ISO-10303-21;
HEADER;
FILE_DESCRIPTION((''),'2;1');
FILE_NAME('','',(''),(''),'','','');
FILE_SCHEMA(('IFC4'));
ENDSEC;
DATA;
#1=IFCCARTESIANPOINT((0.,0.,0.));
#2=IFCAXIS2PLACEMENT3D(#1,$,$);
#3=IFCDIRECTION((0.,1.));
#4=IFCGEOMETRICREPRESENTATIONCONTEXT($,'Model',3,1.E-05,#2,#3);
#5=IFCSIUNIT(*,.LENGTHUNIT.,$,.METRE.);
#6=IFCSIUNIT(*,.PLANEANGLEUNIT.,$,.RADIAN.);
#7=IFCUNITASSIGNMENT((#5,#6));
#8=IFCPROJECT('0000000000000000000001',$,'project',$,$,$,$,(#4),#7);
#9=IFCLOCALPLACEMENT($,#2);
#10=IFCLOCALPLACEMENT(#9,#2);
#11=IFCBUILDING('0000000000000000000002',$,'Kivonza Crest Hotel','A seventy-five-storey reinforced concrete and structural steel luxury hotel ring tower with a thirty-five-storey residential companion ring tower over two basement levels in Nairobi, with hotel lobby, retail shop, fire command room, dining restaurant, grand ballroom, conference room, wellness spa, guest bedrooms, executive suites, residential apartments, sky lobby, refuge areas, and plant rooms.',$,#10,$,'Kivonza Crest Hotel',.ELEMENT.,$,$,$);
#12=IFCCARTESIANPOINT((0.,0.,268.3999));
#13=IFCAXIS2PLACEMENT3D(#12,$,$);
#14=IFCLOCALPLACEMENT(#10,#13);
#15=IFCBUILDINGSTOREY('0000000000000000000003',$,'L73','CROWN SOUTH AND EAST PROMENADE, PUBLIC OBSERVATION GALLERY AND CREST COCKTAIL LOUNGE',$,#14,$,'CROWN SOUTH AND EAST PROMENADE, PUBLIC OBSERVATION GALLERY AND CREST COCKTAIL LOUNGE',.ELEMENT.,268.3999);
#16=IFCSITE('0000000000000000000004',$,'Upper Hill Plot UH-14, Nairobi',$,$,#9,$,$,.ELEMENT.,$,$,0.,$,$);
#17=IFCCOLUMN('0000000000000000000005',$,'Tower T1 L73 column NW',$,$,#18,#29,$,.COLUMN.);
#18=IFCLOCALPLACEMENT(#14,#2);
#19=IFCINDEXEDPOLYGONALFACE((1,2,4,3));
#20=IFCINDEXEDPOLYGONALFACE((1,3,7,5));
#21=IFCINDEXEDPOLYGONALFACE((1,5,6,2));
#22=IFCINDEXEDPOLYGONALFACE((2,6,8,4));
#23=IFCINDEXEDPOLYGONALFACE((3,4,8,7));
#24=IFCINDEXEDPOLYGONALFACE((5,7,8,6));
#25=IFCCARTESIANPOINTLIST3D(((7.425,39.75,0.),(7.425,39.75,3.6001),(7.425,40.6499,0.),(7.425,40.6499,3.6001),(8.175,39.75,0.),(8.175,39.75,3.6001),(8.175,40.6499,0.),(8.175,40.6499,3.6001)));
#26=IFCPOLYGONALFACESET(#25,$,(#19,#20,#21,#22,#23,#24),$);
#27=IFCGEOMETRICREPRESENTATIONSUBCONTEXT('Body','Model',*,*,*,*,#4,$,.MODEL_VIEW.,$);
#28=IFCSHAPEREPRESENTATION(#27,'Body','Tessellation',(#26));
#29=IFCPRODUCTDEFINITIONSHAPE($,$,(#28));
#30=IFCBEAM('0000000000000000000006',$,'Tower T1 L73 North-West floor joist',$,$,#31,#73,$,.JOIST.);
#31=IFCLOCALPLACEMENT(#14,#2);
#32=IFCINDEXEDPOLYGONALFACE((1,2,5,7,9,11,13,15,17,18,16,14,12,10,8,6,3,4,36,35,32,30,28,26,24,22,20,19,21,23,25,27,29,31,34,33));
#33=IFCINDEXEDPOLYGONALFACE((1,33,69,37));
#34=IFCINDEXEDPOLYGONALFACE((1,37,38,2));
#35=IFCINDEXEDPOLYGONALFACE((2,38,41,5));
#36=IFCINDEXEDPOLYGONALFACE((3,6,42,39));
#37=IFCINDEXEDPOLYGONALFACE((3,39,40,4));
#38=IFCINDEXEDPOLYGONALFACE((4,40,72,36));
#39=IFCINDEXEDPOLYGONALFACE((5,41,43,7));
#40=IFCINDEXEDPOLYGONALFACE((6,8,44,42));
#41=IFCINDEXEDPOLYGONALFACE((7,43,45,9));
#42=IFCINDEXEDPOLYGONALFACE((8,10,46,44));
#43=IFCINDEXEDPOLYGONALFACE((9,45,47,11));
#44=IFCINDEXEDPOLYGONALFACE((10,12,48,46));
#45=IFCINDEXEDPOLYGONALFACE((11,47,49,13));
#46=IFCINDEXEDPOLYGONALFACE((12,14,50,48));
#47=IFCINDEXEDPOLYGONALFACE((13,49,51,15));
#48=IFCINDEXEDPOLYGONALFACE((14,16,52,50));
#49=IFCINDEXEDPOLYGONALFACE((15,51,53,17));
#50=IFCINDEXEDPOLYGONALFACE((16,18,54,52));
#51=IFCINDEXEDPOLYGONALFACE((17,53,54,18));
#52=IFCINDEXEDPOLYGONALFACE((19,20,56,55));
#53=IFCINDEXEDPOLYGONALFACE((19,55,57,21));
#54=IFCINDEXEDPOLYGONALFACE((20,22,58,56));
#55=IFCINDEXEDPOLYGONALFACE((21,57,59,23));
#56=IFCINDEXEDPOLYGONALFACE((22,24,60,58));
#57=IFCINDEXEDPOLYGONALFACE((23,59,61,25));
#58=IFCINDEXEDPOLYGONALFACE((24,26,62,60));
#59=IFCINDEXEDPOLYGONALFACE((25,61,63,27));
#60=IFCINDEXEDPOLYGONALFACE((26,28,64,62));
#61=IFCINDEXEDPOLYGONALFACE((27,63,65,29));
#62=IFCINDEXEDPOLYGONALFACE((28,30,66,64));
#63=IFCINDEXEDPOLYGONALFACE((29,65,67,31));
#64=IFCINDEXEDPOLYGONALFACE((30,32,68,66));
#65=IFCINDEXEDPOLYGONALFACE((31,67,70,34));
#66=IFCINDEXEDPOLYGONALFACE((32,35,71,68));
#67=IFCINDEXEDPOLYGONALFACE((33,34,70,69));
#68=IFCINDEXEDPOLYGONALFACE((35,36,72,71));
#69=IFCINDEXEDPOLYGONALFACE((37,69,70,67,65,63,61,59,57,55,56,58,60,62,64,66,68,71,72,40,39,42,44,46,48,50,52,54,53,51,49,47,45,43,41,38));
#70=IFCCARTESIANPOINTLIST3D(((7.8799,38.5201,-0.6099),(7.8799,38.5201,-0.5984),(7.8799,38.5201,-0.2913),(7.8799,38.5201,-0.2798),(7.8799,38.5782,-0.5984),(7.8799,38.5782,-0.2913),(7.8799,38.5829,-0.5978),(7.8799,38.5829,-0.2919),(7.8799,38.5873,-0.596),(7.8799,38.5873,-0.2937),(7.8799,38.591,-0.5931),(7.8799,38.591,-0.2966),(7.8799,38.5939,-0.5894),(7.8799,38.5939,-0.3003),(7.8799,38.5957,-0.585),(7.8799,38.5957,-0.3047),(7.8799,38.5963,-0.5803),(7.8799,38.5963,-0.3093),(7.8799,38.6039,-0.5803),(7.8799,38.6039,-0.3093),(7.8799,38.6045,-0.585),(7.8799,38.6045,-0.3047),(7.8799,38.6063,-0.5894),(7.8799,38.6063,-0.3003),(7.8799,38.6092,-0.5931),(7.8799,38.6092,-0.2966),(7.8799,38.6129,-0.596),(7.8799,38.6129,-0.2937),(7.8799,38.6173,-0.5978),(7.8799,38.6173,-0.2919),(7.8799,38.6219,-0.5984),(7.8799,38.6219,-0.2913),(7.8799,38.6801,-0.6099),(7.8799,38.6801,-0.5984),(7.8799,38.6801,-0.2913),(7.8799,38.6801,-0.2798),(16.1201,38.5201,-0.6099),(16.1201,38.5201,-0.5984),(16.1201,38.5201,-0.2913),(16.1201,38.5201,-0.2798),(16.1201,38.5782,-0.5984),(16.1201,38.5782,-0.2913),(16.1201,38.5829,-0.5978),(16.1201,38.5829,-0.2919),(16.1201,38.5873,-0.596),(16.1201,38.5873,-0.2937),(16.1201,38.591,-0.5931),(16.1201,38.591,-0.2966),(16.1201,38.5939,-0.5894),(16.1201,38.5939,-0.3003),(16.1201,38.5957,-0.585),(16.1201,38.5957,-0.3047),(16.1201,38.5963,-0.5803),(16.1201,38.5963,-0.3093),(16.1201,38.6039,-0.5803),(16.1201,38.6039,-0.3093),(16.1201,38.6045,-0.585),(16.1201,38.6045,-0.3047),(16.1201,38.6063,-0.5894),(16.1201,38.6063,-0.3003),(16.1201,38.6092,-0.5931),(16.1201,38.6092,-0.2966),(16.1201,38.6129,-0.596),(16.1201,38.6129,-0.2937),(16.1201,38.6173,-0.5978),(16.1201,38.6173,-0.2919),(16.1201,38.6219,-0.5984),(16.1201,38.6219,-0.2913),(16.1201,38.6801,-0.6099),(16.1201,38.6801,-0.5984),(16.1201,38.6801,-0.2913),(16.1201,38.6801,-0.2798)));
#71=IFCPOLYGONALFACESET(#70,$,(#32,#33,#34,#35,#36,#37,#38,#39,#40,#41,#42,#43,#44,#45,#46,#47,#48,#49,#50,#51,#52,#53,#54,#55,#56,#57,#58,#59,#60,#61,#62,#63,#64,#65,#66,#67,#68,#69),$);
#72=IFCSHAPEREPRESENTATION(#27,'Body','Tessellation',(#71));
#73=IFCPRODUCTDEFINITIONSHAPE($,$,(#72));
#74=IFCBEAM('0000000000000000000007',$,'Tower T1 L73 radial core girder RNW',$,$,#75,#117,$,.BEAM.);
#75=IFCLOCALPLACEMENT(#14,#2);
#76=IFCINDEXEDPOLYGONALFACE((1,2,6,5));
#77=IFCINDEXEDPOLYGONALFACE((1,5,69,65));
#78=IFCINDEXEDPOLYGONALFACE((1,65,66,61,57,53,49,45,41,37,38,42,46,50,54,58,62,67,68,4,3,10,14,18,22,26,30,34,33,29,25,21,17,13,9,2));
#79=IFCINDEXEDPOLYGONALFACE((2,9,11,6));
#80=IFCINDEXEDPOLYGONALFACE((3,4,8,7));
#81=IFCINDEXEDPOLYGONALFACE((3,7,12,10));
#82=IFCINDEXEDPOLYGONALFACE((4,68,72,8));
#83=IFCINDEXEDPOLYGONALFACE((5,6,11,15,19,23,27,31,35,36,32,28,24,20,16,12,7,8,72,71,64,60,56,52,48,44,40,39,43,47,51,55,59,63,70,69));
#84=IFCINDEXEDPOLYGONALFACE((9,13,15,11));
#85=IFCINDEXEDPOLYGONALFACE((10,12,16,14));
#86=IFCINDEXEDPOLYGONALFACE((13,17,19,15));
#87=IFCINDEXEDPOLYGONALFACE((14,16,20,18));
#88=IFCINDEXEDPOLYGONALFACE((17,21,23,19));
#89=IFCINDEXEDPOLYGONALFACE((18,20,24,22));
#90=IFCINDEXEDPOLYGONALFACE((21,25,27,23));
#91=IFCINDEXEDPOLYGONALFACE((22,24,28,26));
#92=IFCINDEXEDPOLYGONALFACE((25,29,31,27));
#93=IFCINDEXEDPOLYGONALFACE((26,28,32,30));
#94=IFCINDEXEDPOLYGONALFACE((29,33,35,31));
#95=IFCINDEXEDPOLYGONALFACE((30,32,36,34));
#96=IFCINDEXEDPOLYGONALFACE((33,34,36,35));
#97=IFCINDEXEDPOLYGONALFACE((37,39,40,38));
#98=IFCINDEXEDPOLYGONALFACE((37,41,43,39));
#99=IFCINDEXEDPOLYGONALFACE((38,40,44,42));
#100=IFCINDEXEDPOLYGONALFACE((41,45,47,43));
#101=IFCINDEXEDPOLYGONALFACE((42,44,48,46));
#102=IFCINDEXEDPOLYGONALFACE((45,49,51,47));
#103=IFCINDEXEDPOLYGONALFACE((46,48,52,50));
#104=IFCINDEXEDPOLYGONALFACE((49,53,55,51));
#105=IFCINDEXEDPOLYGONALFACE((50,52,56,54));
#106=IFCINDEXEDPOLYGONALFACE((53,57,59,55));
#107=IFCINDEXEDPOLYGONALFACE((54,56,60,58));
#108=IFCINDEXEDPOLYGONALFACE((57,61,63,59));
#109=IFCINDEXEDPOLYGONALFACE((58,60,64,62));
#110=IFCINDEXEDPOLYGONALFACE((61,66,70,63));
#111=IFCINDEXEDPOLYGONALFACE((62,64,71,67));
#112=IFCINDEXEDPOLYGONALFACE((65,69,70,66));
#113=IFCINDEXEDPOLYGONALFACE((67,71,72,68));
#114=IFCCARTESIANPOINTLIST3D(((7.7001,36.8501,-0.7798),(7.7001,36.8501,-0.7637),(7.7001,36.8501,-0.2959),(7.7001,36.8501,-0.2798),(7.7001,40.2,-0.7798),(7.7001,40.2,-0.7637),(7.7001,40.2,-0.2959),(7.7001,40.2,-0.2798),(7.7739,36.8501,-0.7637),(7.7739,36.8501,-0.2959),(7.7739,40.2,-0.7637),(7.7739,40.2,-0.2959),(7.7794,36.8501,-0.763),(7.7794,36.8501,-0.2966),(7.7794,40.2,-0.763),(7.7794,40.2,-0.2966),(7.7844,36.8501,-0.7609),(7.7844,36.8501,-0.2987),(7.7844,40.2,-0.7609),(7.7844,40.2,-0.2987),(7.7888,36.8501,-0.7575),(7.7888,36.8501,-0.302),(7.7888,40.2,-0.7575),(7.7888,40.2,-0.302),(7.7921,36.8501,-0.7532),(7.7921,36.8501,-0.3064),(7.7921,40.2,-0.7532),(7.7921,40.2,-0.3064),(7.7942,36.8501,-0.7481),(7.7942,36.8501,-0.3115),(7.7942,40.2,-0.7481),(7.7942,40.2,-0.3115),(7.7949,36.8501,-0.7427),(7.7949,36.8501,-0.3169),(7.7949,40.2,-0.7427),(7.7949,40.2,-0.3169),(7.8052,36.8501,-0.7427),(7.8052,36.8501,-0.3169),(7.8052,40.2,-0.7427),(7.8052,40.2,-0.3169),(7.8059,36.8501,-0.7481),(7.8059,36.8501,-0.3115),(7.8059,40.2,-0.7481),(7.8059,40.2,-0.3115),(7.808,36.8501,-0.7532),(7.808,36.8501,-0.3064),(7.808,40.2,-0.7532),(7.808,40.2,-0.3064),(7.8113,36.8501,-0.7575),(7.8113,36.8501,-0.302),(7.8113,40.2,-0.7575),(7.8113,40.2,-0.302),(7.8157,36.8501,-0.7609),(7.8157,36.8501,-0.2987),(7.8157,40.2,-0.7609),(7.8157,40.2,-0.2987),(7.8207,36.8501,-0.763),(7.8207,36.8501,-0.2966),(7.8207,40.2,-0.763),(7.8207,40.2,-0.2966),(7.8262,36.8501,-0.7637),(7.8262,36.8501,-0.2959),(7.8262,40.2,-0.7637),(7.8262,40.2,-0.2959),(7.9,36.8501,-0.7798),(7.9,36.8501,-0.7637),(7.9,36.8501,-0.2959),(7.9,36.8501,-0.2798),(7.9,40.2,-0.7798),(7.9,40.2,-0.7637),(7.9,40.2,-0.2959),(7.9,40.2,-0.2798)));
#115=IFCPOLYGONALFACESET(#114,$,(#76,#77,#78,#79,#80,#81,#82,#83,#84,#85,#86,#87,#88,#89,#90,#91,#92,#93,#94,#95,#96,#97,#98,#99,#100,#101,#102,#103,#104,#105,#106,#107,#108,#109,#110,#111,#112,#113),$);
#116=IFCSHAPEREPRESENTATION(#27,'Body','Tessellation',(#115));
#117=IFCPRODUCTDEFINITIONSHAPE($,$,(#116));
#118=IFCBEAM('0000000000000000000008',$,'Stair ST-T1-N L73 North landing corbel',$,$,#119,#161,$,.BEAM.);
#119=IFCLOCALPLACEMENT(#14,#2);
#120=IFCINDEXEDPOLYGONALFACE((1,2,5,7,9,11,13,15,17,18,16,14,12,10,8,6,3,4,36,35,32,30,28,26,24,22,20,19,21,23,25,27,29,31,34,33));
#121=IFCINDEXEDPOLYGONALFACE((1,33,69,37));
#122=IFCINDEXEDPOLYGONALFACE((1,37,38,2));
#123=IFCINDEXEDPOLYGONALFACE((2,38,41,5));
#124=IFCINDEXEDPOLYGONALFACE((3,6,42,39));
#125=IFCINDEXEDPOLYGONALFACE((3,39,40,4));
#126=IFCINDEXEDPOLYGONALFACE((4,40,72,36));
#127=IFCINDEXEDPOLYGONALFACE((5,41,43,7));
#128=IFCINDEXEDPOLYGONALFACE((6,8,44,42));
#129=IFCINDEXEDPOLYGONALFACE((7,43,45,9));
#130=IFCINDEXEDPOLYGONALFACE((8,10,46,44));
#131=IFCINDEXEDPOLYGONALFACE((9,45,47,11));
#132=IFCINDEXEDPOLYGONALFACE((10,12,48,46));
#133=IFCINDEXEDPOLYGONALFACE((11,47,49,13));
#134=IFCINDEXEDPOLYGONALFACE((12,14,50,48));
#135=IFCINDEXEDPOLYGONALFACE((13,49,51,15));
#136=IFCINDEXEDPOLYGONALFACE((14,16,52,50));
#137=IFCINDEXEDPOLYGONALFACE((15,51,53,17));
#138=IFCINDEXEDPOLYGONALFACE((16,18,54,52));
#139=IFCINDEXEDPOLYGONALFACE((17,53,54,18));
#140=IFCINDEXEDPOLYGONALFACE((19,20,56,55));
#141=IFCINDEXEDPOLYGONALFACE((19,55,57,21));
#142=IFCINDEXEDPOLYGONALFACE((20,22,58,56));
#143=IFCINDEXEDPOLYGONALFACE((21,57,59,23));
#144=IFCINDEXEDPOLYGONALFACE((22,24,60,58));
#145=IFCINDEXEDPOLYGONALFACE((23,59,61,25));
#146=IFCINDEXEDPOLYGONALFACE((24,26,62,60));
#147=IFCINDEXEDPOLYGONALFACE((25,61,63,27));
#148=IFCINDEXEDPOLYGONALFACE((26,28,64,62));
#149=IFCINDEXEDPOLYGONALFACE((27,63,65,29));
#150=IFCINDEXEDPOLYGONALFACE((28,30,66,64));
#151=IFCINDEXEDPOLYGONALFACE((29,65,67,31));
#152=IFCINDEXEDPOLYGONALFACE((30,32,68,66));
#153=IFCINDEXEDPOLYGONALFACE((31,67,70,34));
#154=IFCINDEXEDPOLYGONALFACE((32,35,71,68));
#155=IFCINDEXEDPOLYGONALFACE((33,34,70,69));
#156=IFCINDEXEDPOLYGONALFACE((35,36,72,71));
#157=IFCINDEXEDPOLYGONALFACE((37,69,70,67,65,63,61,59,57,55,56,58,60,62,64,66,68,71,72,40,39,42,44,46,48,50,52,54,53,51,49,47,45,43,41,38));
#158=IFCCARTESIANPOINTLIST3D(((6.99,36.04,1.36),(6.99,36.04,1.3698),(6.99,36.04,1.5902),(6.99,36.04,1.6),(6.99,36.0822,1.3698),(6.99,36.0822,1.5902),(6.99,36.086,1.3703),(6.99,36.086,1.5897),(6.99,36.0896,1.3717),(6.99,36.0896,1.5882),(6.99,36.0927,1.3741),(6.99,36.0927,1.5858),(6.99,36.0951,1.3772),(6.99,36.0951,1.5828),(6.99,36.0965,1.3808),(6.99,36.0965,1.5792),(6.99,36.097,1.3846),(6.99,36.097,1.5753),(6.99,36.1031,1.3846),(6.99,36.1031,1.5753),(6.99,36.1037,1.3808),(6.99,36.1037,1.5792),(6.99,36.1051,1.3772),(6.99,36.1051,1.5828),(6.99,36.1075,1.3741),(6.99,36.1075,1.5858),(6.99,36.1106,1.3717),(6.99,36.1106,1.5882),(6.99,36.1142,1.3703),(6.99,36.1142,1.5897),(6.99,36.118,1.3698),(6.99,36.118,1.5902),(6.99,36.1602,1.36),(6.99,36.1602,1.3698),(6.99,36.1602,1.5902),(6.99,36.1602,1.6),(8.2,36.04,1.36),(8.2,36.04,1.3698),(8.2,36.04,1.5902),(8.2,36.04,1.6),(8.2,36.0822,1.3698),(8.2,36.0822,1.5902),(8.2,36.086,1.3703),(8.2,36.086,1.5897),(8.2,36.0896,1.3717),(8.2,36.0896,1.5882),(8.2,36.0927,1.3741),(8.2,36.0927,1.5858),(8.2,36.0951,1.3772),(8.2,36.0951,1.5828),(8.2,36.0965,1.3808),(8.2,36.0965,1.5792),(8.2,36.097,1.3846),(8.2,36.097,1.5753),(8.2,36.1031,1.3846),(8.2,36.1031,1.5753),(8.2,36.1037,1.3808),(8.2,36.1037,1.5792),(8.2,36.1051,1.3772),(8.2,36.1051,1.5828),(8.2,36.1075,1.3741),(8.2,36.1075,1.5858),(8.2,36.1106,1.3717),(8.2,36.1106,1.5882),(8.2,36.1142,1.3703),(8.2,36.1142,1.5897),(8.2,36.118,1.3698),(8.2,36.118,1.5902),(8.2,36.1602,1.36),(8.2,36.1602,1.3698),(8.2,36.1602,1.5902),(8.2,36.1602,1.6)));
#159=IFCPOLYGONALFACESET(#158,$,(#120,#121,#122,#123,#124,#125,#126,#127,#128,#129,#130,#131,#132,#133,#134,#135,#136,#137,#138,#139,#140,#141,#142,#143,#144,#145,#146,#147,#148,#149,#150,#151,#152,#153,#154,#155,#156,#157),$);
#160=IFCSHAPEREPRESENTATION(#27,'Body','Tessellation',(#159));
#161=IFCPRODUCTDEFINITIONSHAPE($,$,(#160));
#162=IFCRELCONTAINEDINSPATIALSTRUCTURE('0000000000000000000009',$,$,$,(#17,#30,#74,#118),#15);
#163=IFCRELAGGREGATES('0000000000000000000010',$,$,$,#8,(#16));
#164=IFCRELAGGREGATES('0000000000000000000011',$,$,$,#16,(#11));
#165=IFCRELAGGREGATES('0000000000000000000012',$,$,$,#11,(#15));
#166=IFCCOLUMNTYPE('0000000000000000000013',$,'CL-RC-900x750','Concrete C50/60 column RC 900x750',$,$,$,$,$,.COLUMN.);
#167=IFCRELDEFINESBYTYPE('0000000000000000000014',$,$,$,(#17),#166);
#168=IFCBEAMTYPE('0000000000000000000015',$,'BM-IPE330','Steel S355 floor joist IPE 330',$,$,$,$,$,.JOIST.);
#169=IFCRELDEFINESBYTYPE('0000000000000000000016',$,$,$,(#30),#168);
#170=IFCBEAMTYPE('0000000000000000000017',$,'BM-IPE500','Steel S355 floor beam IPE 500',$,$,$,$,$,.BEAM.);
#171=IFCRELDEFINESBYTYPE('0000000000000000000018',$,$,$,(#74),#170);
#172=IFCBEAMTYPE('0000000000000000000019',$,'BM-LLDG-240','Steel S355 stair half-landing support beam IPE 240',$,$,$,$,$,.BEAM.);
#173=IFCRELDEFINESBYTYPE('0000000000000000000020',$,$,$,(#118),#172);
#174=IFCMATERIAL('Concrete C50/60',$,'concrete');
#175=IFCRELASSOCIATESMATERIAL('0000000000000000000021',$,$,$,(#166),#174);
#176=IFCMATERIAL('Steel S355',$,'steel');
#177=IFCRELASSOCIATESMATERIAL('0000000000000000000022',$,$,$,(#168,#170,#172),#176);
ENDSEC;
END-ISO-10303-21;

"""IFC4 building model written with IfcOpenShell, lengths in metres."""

from ifc_helpers import new_model, si_unit, direction, frame, origin, origin_2d, place, context, subcontext, project, spatial, rectangle, i_section, extrude, material, material_profile, profile_set, type_object, element, save


model = new_model("IFC4")

# Units and contexts
model_context = context("Model", 3, precision=1e-05, world=origin(), true_north=direction((0.0, 1.0)))
body_context = subcontext(model_context, "Body", "Model", "MODEL_VIEW")
ifc_project = project(units=[si_unit("LENGTHUNIT", "METRE"), si_unit("PLANEANGLEUNIT", "RADIAN")], contexts=[model_context])

# Site, building, storey
site_placement = place(None, origin())
site = spatial("IfcSite", under=ifc_project, at=site_placement, Name="Upper Hill Plot UH-14, Nairobi", CompositionType="ELEMENT", RefElevation=0.0)
building_placement = place(site_placement, origin())
building = spatial("IfcBuilding", under=site, at=building_placement, Name="Kivonza Crest Hotel", Description="A seventy-five-storey reinforced concrete and structural steel luxury hotel ring tower with a thirty-five-storey residential companion ring tower over two basement levels in Nairobi, with hotel lobby, retail shop, fire command room, dining restaurant, grand ballroom, conference room, wellness spa, guest bedrooms, executive suites, residential apartments, sky lobby, refuge areas, and plant rooms.", LongName="Kivonza Crest Hotel", CompositionType="ELEMENT")
storey_placement = place(building_placement, frame((0.0, 0.0, 268.3999)))
storey = spatial("IfcBuildingStorey", under=building, at=storey_placement, Name="L73", Description="CROWN SOUTH AND EAST PROMENADE, PUBLIC OBSERVATION GALLERY AND CREST COCKTAIL LOUNGE", LongName="CROWN SOUTH AND EAST PROMENADE, PUBLIC OBSERVATION GALLERY AND CREST COCKTAIL LOUNGE", CompositionType="ELEMENT", Elevation=268.3999)

# Column
ifc_material_1 = material(Name="Concrete C50/60", Category="concrete")
ifc_material_profile_1 = material_profile(ifc_material_1, rectangle(XDim=0.75, YDim=0.8999, at=origin_2d()), Name="RC 900x750")
ifc_profile_set_1 = profile_set([ifc_material_profile_1], Name="Concrete C50/60")
column_type = type_object("IfcColumnType", Name="CL-RC-900x750", Description="Concrete C50/60 column RC 900x750", PredefinedType="COLUMN", material=ifc_profile_set_1)
column_placement = place(storey_placement, frame((7.8, 40.2, 0.0), z_axis=(0.0, 0.0, 1.0), x_axis=(1.0, 0.0, 0.0)))
element("IfcColumn", 1, at=column_placement, inside=storey, type_object=column_type, Name="Tower T1 L73 column NW", PredefinedType="COLUMN", context=body_context, shape_type="SweptSolid", body=[
    extrude(rectangle(XDim=0.75, YDim=0.8999, at=origin_2d()), origin(), (0.0, 0.0, 1.0), 3.6001),
])

# Beams
ifc_material_2 = material(Name="Steel S355", Category="steel")
ifc_material_profile_2 = material_profile(ifc_material_2, i_section(OverallWidth=0.1599, OverallDepth=0.3301, WebThickness=0.0076, FlangeThickness=0.0115, FilletRadius=0.0181, at=origin_2d()), Name="IPE 330")
ifc_profile_set_2 = profile_set([ifc_material_profile_2], Name="Steel S355")
beam_type_1 = type_object("IfcBeamType", Name="BM-IPE330", Description="Steel S355 floor joist IPE 330", PredefinedType="JOIST", material=ifc_profile_set_2)
beam_1_placement = place(storey_placement, frame((7.8799, 38.6001, -0.4448), z_axis=(1.0, 0.0, 0.0), x_axis=(0.0, 1.0, 0.0)))
element("IfcBeam", 2, at=beam_1_placement, inside=storey, type_object=beam_type_1, Name="Tower T1 L73 North-West floor joist", PredefinedType="JOIST", context=body_context, shape_type="SweptSolid", body=[
    extrude(i_section(OverallWidth=0.1599, OverallDepth=0.3301, WebThickness=0.0076, FlangeThickness=0.0115, FilletRadius=0.0181, at=origin_2d()), origin(), (0.0, 0.0, 1.0), 8.2402),
])
ifc_material_profile_3 = material_profile(ifc_material_2, i_section(OverallWidth=0.2, OverallDepth=0.5, WebThickness=0.0103, FlangeThickness=0.0161, FilletRadius=0.021, at=origin_2d()), Name="IPE 500")
ifc_profile_set_3 = profile_set([ifc_material_profile_3], Name="Steel S355")
beam_type_2 = type_object("IfcBeamType", Name="BM-IPE500", Description="Steel S355 floor beam IPE 500", PredefinedType="BEAM", material=ifc_profile_set_3)
beam_2_placement = place(storey_placement, frame((7.8, 40.2, -0.5298), z_axis=(0.0, -1.0, 0.0), x_axis=(1.0, 0.0, 0.0)))
element("IfcBeam", 3, at=beam_2_placement, inside=storey, type_object=beam_type_2, Name="Tower T1 L73 radial core girder RNW", PredefinedType="BEAM", context=body_context, shape_type="SweptSolid", body=[
    extrude(i_section(OverallWidth=0.2, OverallDepth=0.5, WebThickness=0.0103, FlangeThickness=0.0161, FilletRadius=0.021, at=origin_2d()), origin(), (0.0, 0.0, 1.0), 3.3499),
])
ifc_material_profile_4 = material_profile(ifc_material_2, i_section(OverallWidth=0.1201, OverallDepth=0.24, WebThickness=0.0061, FlangeThickness=0.0098, FilletRadius=0.0149, at=origin_2d()), Name="IPE 240")
ifc_profile_set_4 = profile_set([ifc_material_profile_4], Name="Steel S355")
beam_type_3 = type_object("IfcBeamType", Name="BM-LLDG-240", Description="Steel S355 stair half-landing support beam IPE 240", PredefinedType="BEAM", material=ifc_profile_set_4)
beam_3_placement = place(storey_placement, frame((6.99, 36.1001, 1.48), z_axis=(1.0, 0.0, 0.0), x_axis=(0.0, 1.0, 0.0)))
element("IfcBeam", 4, at=beam_3_placement, inside=storey, type_object=beam_type_3, Name="Stair ST-T1-N L73 North landing corbel", PredefinedType="BEAM", context=body_context, shape_type="SweptSolid", body=[
    extrude(i_section(OverallWidth=0.1201, OverallDepth=0.24, WebThickness=0.0061, FlangeThickness=0.0098, FilletRadius=0.0149, at=origin_2d()), origin(), (0.0, 0.0, 1.0), 1.21),
])

save(model, "model.ifc")
